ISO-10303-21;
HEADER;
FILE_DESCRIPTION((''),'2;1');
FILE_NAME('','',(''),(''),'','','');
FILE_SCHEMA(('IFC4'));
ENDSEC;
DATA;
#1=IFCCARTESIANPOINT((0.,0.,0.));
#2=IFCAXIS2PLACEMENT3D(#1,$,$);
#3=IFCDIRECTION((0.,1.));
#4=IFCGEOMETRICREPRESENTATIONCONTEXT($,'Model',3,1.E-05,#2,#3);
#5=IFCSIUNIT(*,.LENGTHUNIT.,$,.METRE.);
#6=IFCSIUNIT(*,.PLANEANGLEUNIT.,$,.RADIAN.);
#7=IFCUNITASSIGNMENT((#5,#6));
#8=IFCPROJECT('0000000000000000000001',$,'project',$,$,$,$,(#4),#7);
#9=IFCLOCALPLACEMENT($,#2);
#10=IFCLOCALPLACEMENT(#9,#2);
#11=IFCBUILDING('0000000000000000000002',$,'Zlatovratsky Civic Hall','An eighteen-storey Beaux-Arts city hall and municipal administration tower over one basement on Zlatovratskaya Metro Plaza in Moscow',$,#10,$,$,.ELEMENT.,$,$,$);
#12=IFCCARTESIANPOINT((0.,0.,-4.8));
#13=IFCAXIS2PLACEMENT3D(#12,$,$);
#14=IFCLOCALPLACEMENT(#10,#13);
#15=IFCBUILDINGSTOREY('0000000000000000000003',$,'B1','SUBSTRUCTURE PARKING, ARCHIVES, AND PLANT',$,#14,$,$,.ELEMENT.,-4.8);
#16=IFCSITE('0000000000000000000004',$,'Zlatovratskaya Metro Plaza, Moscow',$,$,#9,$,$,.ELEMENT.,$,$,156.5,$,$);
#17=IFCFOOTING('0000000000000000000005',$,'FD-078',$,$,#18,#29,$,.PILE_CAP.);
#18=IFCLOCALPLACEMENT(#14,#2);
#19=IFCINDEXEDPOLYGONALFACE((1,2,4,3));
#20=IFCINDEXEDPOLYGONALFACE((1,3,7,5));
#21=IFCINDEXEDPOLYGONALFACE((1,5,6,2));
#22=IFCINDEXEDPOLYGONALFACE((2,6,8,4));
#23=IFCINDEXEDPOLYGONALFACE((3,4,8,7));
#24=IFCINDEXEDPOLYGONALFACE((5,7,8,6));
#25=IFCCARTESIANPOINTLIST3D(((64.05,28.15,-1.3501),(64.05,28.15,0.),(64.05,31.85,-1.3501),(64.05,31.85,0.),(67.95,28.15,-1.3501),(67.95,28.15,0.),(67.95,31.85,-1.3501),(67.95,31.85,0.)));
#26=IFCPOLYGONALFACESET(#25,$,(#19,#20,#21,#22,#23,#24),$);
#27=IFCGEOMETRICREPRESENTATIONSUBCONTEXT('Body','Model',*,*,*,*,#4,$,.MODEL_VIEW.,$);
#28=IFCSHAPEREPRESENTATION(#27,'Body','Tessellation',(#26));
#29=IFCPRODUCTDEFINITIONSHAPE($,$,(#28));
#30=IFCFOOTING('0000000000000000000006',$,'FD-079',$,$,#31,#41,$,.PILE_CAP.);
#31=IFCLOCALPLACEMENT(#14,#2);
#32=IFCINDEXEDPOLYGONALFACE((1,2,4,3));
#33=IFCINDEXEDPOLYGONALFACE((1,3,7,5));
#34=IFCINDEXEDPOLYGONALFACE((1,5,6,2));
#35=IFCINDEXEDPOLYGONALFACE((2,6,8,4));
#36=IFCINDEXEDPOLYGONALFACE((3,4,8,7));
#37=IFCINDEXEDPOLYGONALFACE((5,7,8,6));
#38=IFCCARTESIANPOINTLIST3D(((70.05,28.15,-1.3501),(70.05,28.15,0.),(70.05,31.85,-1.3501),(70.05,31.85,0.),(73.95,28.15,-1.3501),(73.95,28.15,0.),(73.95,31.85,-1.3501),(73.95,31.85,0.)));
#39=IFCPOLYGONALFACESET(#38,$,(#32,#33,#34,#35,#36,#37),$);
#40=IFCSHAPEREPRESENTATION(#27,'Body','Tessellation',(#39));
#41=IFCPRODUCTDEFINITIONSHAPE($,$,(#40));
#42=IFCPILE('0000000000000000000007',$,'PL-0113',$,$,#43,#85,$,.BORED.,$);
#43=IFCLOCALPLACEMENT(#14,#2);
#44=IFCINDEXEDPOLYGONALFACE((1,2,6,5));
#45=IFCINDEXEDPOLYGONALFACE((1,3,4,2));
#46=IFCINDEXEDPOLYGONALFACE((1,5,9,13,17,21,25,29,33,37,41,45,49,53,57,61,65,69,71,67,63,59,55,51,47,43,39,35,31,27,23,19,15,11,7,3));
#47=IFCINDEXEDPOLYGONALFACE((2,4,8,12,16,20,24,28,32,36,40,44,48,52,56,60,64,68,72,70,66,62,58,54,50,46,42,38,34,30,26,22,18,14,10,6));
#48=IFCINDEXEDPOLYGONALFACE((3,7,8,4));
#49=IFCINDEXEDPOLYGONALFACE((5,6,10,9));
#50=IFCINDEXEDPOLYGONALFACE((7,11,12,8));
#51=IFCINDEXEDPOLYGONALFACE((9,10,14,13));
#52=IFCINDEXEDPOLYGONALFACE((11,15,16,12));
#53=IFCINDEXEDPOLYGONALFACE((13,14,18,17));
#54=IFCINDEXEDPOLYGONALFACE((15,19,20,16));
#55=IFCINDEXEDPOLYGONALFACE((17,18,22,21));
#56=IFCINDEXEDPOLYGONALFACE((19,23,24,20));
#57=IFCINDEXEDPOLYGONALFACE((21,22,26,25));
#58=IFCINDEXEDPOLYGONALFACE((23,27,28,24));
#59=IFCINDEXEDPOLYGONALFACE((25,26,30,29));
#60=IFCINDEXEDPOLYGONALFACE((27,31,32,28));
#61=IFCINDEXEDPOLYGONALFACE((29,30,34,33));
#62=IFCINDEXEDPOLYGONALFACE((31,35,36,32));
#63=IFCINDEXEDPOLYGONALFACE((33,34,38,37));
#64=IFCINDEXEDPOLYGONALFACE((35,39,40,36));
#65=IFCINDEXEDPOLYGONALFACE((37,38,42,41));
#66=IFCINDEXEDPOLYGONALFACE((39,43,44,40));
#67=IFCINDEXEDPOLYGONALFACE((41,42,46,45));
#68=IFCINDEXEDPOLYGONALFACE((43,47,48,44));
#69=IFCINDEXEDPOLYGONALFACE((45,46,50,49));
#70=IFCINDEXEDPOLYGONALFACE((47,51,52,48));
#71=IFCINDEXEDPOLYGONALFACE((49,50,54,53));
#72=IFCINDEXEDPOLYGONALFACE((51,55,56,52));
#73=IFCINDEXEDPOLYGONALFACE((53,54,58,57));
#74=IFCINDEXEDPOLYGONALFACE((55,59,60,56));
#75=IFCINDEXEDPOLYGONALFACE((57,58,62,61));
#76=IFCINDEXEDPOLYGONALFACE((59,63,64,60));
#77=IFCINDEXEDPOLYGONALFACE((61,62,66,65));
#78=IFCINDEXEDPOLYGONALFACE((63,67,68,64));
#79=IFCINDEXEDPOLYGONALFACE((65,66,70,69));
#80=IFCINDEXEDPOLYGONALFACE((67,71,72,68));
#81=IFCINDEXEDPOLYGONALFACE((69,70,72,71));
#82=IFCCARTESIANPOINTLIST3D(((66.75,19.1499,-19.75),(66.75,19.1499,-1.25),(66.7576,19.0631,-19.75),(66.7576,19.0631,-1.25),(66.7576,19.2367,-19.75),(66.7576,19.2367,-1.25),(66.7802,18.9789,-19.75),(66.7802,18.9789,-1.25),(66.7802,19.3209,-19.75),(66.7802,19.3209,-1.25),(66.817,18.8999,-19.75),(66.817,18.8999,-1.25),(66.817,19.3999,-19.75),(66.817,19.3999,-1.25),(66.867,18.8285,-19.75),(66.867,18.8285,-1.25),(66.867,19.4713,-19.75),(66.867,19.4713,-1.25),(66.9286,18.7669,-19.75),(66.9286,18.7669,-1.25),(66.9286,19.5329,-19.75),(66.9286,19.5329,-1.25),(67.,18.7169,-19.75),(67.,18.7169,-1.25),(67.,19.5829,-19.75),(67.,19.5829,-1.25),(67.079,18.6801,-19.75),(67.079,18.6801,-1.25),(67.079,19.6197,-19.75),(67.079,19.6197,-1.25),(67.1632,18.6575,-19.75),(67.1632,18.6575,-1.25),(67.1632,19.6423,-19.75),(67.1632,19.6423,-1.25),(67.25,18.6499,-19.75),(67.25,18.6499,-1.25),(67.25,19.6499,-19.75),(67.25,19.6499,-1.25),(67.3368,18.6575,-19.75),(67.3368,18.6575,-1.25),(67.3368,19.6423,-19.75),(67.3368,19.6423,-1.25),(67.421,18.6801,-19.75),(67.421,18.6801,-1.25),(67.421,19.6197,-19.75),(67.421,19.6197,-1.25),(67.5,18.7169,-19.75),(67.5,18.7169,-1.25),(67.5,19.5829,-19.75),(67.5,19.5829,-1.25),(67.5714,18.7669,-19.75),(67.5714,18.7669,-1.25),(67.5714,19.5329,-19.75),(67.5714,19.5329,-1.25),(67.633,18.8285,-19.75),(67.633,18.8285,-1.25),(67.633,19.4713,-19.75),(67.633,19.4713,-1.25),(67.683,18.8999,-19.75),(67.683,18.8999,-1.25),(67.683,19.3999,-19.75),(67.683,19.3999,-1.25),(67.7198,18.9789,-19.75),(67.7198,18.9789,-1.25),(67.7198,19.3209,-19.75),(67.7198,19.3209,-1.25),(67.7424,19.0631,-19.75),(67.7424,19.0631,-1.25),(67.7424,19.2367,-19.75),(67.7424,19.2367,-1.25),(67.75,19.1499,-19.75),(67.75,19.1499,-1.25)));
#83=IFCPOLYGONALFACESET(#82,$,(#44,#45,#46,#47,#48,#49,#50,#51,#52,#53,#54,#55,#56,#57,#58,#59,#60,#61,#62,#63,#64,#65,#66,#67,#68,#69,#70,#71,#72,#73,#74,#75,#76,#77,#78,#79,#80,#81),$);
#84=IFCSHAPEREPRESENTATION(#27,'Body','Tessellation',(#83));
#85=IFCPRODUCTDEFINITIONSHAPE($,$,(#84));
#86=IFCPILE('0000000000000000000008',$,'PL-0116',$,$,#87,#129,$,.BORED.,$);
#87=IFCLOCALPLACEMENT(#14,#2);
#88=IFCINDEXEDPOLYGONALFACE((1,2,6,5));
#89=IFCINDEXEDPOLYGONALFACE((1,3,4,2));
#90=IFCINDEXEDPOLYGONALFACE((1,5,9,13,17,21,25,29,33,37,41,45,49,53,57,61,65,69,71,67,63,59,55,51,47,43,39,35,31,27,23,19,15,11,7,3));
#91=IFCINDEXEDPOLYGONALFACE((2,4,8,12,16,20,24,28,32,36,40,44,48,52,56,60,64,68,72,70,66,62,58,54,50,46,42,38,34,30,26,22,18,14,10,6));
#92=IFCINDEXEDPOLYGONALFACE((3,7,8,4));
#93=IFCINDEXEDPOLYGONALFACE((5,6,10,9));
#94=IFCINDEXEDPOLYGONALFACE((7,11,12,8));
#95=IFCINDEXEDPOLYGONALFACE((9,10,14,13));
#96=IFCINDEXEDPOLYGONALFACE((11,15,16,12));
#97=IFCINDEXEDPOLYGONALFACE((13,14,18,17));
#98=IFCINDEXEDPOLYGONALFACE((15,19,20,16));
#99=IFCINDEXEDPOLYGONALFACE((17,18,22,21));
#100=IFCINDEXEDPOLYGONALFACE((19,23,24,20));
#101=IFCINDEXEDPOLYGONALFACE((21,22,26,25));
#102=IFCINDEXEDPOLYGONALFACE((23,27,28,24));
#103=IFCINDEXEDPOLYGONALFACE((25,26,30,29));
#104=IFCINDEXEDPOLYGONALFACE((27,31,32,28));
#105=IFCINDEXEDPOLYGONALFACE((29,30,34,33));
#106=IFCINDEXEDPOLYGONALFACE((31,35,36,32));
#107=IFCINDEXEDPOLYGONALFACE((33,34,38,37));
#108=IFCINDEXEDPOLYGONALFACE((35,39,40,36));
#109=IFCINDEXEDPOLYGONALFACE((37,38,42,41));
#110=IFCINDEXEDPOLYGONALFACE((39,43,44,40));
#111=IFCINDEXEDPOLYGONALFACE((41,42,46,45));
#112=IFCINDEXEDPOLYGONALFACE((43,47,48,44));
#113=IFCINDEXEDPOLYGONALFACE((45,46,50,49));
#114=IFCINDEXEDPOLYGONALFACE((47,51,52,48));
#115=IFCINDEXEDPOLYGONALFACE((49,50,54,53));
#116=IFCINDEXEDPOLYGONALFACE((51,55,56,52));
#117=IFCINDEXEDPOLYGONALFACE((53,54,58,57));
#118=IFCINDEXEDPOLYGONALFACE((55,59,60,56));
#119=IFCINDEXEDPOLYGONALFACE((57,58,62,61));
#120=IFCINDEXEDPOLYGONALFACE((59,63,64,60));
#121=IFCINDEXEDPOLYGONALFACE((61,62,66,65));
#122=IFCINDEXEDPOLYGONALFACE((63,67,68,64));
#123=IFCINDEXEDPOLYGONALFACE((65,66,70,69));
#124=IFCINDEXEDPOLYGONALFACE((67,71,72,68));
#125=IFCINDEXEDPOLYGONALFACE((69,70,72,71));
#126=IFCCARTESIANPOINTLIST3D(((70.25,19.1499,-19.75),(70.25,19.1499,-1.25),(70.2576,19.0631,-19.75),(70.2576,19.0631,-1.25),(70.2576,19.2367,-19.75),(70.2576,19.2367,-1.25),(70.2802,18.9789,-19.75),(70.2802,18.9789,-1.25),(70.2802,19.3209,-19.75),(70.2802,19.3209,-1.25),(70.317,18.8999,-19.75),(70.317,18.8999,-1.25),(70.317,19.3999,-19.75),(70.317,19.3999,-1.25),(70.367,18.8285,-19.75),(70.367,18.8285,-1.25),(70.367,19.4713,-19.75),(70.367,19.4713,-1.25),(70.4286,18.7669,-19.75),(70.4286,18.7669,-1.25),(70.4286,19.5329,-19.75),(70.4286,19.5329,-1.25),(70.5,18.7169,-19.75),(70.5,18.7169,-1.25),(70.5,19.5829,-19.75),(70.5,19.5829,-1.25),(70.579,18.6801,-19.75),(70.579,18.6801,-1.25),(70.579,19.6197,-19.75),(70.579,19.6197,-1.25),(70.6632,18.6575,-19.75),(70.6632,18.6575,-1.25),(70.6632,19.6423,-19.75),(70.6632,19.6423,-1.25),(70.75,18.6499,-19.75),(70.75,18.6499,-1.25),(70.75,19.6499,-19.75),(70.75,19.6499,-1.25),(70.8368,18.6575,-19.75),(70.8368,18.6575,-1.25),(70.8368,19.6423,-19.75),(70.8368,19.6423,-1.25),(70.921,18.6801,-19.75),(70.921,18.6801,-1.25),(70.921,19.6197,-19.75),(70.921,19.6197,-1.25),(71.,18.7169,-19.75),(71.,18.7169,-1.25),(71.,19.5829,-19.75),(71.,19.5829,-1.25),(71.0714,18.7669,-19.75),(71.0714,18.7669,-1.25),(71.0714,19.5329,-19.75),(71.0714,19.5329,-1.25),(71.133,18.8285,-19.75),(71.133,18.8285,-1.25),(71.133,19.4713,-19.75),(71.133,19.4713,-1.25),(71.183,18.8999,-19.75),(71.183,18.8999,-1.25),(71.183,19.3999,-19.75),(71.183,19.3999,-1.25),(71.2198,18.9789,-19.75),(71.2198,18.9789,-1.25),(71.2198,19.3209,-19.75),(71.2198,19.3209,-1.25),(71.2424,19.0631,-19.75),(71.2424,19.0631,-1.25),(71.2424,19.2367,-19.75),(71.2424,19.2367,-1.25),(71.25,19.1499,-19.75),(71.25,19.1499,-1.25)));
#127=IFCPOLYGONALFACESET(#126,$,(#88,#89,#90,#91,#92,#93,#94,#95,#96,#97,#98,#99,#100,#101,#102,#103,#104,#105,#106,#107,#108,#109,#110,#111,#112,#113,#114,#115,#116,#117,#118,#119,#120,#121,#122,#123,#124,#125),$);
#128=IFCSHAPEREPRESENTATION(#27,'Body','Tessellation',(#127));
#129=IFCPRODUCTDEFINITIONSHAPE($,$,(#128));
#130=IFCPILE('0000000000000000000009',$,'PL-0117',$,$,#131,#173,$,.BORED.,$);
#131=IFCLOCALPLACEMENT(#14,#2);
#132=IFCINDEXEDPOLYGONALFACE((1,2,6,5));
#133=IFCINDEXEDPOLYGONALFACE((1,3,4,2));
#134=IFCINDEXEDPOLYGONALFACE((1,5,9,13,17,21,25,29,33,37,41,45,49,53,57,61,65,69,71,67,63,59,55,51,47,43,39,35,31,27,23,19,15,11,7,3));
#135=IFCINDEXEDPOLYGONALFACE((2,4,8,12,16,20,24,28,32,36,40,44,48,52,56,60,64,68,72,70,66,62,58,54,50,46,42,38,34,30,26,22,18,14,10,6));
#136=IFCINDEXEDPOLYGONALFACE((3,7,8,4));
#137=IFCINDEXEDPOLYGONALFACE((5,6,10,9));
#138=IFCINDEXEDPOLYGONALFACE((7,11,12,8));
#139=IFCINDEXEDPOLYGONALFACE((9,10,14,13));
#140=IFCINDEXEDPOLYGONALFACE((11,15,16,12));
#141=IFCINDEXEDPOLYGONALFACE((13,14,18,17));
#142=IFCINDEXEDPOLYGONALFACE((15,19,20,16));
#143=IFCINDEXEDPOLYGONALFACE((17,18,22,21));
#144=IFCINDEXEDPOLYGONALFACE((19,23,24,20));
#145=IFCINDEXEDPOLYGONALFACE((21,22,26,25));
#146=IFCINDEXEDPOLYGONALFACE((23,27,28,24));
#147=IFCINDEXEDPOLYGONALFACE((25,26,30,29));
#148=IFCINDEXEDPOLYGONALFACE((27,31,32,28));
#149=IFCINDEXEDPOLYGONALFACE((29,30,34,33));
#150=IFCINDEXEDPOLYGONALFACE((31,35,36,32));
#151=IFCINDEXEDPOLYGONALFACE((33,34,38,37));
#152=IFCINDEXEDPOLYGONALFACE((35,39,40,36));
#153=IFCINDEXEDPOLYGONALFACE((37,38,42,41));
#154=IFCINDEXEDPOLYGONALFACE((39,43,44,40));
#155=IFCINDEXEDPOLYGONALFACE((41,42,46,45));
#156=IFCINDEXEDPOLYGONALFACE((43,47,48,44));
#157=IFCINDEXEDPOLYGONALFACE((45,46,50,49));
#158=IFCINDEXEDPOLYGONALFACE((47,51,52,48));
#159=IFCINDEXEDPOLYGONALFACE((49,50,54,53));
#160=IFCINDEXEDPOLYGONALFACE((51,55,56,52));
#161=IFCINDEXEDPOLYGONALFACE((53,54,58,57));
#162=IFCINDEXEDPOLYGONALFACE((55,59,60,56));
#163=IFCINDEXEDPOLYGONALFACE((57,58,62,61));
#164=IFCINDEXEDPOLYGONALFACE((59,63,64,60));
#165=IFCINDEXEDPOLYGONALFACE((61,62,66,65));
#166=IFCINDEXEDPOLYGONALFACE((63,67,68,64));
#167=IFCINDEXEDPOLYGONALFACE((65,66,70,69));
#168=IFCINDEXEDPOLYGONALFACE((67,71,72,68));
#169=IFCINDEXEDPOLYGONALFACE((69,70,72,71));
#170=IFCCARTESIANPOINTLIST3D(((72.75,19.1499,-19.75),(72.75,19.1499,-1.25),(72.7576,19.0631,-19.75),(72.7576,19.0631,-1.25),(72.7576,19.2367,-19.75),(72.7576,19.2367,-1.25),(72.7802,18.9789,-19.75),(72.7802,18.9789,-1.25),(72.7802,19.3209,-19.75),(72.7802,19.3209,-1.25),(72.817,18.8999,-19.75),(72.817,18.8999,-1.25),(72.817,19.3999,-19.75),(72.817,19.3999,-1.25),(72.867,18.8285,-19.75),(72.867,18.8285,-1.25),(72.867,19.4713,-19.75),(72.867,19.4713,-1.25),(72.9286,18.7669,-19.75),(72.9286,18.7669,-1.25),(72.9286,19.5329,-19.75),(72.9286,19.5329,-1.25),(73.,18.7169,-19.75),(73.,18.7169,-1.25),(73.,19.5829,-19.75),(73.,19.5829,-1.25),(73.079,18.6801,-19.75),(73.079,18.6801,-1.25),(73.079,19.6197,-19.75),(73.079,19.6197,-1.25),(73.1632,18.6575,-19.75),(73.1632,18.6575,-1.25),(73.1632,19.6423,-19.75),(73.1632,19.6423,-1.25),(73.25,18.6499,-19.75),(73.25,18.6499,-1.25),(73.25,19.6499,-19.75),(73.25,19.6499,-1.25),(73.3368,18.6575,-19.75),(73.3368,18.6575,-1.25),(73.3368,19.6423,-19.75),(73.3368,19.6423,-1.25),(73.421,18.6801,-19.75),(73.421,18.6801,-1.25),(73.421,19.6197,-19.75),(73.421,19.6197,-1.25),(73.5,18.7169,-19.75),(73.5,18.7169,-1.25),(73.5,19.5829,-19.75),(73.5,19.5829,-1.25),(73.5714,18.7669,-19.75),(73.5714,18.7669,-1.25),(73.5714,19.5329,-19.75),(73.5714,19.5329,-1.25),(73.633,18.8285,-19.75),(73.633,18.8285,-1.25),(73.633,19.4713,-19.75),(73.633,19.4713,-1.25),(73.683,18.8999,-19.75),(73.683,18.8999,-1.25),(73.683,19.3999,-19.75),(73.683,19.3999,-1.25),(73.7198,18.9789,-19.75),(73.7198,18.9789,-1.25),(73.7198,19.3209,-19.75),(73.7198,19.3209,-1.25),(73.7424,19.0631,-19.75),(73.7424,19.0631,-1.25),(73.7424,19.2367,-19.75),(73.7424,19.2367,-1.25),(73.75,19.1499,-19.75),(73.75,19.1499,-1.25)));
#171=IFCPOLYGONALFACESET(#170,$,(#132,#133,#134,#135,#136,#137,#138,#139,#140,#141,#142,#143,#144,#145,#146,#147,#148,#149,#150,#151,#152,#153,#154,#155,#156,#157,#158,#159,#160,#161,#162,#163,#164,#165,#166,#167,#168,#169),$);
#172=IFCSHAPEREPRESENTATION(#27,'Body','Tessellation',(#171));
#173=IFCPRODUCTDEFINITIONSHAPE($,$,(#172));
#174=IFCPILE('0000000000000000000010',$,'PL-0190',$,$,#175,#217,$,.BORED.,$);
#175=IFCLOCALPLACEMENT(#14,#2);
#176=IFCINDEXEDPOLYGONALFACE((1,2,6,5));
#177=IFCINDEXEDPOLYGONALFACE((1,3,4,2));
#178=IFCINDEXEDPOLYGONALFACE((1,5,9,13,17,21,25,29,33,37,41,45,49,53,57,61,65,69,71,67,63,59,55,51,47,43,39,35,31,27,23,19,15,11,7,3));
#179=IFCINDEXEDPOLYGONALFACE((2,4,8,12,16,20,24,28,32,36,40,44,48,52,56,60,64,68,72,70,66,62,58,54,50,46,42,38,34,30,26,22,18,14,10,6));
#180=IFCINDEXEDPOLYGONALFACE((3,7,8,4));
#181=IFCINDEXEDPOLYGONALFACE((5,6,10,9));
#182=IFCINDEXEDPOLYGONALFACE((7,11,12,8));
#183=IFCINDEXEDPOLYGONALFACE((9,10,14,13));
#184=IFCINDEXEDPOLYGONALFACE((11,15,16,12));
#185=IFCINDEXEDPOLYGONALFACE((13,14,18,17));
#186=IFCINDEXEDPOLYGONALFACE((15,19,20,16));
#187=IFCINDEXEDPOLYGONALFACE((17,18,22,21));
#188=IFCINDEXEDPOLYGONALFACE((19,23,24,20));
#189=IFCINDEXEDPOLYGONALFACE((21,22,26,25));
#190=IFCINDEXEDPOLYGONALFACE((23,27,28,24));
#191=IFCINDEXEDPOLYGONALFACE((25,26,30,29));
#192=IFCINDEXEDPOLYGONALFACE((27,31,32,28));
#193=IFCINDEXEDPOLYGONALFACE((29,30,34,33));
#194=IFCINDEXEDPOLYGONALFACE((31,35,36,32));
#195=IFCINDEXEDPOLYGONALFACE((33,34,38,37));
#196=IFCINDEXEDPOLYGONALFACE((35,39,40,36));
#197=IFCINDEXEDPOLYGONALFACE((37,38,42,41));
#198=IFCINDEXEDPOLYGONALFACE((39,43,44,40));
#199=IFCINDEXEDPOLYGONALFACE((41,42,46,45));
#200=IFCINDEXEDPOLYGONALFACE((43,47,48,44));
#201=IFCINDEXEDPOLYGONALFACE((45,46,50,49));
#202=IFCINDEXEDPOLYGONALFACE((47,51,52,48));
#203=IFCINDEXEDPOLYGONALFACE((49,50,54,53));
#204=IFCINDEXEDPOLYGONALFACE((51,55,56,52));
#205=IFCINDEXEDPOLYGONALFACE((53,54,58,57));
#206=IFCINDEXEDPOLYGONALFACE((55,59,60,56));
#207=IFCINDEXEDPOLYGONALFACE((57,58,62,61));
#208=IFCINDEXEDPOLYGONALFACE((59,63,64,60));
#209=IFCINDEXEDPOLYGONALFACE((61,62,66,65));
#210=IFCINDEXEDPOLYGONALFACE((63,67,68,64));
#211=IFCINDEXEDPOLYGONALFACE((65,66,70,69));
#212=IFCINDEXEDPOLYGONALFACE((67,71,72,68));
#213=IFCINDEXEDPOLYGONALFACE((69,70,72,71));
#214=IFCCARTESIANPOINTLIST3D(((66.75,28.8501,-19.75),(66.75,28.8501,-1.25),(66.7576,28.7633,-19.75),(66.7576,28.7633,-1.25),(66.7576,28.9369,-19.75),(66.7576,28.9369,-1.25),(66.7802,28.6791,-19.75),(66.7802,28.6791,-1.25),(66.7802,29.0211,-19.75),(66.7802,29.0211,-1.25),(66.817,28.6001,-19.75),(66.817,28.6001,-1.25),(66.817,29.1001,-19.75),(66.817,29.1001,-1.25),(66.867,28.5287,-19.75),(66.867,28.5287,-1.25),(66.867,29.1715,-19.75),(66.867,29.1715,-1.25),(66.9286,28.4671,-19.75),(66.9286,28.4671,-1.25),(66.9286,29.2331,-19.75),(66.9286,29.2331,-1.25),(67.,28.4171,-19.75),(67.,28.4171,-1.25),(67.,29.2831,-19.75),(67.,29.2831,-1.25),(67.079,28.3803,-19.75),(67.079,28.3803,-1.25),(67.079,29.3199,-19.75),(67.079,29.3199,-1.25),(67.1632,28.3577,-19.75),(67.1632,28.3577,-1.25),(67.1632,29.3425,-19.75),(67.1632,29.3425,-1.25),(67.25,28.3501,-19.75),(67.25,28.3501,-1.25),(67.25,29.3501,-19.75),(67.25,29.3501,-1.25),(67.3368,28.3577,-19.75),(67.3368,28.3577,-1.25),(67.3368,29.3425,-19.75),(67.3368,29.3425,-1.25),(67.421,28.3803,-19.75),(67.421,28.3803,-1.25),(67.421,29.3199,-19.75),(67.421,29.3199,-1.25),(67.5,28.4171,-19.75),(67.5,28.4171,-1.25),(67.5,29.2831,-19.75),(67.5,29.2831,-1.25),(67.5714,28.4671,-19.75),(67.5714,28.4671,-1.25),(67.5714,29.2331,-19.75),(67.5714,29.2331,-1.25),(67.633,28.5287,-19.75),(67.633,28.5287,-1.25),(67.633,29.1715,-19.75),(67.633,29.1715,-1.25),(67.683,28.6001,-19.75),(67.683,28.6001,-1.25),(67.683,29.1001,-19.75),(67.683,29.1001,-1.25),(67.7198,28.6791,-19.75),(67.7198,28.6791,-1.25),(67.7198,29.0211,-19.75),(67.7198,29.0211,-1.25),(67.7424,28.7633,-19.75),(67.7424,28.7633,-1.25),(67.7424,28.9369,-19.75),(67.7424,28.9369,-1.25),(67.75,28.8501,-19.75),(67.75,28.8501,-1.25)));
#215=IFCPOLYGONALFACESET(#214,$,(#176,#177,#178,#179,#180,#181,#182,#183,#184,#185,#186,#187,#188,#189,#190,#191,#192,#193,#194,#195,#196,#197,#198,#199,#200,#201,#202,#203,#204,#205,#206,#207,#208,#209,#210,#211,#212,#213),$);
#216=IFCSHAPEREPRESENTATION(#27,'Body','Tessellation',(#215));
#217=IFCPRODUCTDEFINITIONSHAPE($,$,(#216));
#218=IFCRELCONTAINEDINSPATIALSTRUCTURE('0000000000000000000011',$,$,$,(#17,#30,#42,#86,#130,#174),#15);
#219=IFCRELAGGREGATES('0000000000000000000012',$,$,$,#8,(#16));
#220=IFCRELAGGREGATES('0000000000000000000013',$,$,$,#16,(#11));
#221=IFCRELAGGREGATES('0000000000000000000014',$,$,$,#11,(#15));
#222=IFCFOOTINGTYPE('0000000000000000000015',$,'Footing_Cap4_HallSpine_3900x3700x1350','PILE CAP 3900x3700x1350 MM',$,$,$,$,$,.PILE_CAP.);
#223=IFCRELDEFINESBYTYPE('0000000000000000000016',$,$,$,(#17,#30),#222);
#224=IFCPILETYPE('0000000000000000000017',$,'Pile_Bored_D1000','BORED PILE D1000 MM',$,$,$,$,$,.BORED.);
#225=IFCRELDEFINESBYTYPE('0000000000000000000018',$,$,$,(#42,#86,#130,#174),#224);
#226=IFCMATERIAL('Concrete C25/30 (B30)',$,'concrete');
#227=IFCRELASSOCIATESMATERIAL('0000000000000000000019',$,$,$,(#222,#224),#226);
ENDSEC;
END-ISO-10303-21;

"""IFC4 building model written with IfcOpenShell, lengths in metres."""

from ifc_helpers import new_model, si_unit, direction, frame, origin, origin_2d, place, context, subcontext, project, spatial, rectangle, circle, extrude, material, material_profile, profile_set, type_object, element, save


model = new_model("IFC4")

# Units and contexts
model_context = context("Model", 3, precision=1e-05, world=origin(), true_north=direction((0.0, 1.0)))
body_context = subcontext(model_context, "Body", "Model", "MODEL_VIEW")
ifc_project = project(units=[si_unit("LENGTHUNIT", "METRE"), si_unit("PLANEANGLEUNIT", "RADIAN")], contexts=[model_context])

# Site, building, storey
site_placement = place(None, origin())
site = spatial("IfcSite", under=ifc_project, at=site_placement, Name="Zlatovratskaya Metro Plaza, Moscow", CompositionType="ELEMENT", RefElevation=156.5)
building_placement = place(site_placement, origin())
building = spatial("IfcBuilding", under=site, at=building_placement, Name="Zlatovratsky Civic Hall", Description="An eighteen-storey Beaux-Arts city hall and municipal administration tower over one basement on Zlatovratskaya Metro Plaza in Moscow", CompositionType="ELEMENT")
storey_placement = place(building_placement, frame((0.0, 0.0, -4.8)))
storey = spatial("IfcBuildingStorey", under=building, at=storey_placement, Name="B1", Description="SUBSTRUCTURE PARKING, ARCHIVES, AND PLANT", CompositionType="ELEMENT", Elevation=-4.8)

# Footings
ifc_material_1 = material(Name="Concrete C25/30 (B30)", Category="concrete")
footing_type = type_object("IfcFootingType", Name="Footing_Cap4_HallSpine_3900x3700x1350", Description="PILE CAP 3900x3700x1350 MM", PredefinedType="PILE_CAP", material=ifc_material_1)
for number, where, z_axis, x_axis, name in (
    (1, (66.0, 30.0, -1.3501), (0.0, 0.0, 1.0), (1.0, 0.0, 0.0), "FD-078"),
    (2, (72.0, 30.0, -1.3501), (0.0, 0.0, 1.0), (1.0, 0.0, 0.0), "FD-079"),
):
    element("IfcFooting", number, at=place(storey_placement, frame(where, z_axis=z_axis, x_axis=x_axis)), inside=storey, type_object=footing_type, Name=name, PredefinedType="PILE_CAP", context=body_context, shape_type="SweptSolid", body=[
        extrude(rectangle(XDim=3.8999, YDim=3.7, at=origin_2d()), origin(), (0.0, 0.0, 1.0), 1.3501),
    ])

# Piles
ifc_material_profile_1 = material_profile(ifc_material_1, circle(Radius=0.5, at=origin_2d()), Name="PILE D1000")
ifc_profile_set_1 = profile_set([ifc_material_profile_1], Name="Concrete C25/30 (B30)")
pile_type_1 = type_object("IfcPileType", Name="Pile_Bored_D1000", Description="BORED PILE D1000 MM", PredefinedType="BORED", material=ifc_profile_set_1)
for number, where, z_axis, x_axis, name in (
    (3, (67.25, 19.1499, -1.25), (0.0, 0.0, -1.0), (1.0, 0.0, 0.0), "PL-0113"),
    (4, (70.75, 19.1499, -1.25), (0.0, 0.0, -1.0), (1.0, 0.0, 0.0), "PL-0116"),
    (5, (73.25, 19.1499, -1.25), (0.0, 0.0, -1.0), (1.0, 0.0, 0.0), "PL-0117"),
    (6, (67.25, 28.8501, -1.25), (0.0, 0.0, -1.0), (1.0, 0.0, 0.0), "PL-0190"),
):
    element("IfcPile", number, at=place(storey_placement, frame(where, z_axis=z_axis, x_axis=x_axis)), inside=storey, type_object=pile_type_1, Name=name, PredefinedType="BORED", context=body_context, shape_type="SweptSolid", body=[
        extrude(circle(Radius=0.5, at=origin_2d()), origin(), (0.0, 0.0, 1.0), 18.5),
    ])

save(model, "model.ifc")
